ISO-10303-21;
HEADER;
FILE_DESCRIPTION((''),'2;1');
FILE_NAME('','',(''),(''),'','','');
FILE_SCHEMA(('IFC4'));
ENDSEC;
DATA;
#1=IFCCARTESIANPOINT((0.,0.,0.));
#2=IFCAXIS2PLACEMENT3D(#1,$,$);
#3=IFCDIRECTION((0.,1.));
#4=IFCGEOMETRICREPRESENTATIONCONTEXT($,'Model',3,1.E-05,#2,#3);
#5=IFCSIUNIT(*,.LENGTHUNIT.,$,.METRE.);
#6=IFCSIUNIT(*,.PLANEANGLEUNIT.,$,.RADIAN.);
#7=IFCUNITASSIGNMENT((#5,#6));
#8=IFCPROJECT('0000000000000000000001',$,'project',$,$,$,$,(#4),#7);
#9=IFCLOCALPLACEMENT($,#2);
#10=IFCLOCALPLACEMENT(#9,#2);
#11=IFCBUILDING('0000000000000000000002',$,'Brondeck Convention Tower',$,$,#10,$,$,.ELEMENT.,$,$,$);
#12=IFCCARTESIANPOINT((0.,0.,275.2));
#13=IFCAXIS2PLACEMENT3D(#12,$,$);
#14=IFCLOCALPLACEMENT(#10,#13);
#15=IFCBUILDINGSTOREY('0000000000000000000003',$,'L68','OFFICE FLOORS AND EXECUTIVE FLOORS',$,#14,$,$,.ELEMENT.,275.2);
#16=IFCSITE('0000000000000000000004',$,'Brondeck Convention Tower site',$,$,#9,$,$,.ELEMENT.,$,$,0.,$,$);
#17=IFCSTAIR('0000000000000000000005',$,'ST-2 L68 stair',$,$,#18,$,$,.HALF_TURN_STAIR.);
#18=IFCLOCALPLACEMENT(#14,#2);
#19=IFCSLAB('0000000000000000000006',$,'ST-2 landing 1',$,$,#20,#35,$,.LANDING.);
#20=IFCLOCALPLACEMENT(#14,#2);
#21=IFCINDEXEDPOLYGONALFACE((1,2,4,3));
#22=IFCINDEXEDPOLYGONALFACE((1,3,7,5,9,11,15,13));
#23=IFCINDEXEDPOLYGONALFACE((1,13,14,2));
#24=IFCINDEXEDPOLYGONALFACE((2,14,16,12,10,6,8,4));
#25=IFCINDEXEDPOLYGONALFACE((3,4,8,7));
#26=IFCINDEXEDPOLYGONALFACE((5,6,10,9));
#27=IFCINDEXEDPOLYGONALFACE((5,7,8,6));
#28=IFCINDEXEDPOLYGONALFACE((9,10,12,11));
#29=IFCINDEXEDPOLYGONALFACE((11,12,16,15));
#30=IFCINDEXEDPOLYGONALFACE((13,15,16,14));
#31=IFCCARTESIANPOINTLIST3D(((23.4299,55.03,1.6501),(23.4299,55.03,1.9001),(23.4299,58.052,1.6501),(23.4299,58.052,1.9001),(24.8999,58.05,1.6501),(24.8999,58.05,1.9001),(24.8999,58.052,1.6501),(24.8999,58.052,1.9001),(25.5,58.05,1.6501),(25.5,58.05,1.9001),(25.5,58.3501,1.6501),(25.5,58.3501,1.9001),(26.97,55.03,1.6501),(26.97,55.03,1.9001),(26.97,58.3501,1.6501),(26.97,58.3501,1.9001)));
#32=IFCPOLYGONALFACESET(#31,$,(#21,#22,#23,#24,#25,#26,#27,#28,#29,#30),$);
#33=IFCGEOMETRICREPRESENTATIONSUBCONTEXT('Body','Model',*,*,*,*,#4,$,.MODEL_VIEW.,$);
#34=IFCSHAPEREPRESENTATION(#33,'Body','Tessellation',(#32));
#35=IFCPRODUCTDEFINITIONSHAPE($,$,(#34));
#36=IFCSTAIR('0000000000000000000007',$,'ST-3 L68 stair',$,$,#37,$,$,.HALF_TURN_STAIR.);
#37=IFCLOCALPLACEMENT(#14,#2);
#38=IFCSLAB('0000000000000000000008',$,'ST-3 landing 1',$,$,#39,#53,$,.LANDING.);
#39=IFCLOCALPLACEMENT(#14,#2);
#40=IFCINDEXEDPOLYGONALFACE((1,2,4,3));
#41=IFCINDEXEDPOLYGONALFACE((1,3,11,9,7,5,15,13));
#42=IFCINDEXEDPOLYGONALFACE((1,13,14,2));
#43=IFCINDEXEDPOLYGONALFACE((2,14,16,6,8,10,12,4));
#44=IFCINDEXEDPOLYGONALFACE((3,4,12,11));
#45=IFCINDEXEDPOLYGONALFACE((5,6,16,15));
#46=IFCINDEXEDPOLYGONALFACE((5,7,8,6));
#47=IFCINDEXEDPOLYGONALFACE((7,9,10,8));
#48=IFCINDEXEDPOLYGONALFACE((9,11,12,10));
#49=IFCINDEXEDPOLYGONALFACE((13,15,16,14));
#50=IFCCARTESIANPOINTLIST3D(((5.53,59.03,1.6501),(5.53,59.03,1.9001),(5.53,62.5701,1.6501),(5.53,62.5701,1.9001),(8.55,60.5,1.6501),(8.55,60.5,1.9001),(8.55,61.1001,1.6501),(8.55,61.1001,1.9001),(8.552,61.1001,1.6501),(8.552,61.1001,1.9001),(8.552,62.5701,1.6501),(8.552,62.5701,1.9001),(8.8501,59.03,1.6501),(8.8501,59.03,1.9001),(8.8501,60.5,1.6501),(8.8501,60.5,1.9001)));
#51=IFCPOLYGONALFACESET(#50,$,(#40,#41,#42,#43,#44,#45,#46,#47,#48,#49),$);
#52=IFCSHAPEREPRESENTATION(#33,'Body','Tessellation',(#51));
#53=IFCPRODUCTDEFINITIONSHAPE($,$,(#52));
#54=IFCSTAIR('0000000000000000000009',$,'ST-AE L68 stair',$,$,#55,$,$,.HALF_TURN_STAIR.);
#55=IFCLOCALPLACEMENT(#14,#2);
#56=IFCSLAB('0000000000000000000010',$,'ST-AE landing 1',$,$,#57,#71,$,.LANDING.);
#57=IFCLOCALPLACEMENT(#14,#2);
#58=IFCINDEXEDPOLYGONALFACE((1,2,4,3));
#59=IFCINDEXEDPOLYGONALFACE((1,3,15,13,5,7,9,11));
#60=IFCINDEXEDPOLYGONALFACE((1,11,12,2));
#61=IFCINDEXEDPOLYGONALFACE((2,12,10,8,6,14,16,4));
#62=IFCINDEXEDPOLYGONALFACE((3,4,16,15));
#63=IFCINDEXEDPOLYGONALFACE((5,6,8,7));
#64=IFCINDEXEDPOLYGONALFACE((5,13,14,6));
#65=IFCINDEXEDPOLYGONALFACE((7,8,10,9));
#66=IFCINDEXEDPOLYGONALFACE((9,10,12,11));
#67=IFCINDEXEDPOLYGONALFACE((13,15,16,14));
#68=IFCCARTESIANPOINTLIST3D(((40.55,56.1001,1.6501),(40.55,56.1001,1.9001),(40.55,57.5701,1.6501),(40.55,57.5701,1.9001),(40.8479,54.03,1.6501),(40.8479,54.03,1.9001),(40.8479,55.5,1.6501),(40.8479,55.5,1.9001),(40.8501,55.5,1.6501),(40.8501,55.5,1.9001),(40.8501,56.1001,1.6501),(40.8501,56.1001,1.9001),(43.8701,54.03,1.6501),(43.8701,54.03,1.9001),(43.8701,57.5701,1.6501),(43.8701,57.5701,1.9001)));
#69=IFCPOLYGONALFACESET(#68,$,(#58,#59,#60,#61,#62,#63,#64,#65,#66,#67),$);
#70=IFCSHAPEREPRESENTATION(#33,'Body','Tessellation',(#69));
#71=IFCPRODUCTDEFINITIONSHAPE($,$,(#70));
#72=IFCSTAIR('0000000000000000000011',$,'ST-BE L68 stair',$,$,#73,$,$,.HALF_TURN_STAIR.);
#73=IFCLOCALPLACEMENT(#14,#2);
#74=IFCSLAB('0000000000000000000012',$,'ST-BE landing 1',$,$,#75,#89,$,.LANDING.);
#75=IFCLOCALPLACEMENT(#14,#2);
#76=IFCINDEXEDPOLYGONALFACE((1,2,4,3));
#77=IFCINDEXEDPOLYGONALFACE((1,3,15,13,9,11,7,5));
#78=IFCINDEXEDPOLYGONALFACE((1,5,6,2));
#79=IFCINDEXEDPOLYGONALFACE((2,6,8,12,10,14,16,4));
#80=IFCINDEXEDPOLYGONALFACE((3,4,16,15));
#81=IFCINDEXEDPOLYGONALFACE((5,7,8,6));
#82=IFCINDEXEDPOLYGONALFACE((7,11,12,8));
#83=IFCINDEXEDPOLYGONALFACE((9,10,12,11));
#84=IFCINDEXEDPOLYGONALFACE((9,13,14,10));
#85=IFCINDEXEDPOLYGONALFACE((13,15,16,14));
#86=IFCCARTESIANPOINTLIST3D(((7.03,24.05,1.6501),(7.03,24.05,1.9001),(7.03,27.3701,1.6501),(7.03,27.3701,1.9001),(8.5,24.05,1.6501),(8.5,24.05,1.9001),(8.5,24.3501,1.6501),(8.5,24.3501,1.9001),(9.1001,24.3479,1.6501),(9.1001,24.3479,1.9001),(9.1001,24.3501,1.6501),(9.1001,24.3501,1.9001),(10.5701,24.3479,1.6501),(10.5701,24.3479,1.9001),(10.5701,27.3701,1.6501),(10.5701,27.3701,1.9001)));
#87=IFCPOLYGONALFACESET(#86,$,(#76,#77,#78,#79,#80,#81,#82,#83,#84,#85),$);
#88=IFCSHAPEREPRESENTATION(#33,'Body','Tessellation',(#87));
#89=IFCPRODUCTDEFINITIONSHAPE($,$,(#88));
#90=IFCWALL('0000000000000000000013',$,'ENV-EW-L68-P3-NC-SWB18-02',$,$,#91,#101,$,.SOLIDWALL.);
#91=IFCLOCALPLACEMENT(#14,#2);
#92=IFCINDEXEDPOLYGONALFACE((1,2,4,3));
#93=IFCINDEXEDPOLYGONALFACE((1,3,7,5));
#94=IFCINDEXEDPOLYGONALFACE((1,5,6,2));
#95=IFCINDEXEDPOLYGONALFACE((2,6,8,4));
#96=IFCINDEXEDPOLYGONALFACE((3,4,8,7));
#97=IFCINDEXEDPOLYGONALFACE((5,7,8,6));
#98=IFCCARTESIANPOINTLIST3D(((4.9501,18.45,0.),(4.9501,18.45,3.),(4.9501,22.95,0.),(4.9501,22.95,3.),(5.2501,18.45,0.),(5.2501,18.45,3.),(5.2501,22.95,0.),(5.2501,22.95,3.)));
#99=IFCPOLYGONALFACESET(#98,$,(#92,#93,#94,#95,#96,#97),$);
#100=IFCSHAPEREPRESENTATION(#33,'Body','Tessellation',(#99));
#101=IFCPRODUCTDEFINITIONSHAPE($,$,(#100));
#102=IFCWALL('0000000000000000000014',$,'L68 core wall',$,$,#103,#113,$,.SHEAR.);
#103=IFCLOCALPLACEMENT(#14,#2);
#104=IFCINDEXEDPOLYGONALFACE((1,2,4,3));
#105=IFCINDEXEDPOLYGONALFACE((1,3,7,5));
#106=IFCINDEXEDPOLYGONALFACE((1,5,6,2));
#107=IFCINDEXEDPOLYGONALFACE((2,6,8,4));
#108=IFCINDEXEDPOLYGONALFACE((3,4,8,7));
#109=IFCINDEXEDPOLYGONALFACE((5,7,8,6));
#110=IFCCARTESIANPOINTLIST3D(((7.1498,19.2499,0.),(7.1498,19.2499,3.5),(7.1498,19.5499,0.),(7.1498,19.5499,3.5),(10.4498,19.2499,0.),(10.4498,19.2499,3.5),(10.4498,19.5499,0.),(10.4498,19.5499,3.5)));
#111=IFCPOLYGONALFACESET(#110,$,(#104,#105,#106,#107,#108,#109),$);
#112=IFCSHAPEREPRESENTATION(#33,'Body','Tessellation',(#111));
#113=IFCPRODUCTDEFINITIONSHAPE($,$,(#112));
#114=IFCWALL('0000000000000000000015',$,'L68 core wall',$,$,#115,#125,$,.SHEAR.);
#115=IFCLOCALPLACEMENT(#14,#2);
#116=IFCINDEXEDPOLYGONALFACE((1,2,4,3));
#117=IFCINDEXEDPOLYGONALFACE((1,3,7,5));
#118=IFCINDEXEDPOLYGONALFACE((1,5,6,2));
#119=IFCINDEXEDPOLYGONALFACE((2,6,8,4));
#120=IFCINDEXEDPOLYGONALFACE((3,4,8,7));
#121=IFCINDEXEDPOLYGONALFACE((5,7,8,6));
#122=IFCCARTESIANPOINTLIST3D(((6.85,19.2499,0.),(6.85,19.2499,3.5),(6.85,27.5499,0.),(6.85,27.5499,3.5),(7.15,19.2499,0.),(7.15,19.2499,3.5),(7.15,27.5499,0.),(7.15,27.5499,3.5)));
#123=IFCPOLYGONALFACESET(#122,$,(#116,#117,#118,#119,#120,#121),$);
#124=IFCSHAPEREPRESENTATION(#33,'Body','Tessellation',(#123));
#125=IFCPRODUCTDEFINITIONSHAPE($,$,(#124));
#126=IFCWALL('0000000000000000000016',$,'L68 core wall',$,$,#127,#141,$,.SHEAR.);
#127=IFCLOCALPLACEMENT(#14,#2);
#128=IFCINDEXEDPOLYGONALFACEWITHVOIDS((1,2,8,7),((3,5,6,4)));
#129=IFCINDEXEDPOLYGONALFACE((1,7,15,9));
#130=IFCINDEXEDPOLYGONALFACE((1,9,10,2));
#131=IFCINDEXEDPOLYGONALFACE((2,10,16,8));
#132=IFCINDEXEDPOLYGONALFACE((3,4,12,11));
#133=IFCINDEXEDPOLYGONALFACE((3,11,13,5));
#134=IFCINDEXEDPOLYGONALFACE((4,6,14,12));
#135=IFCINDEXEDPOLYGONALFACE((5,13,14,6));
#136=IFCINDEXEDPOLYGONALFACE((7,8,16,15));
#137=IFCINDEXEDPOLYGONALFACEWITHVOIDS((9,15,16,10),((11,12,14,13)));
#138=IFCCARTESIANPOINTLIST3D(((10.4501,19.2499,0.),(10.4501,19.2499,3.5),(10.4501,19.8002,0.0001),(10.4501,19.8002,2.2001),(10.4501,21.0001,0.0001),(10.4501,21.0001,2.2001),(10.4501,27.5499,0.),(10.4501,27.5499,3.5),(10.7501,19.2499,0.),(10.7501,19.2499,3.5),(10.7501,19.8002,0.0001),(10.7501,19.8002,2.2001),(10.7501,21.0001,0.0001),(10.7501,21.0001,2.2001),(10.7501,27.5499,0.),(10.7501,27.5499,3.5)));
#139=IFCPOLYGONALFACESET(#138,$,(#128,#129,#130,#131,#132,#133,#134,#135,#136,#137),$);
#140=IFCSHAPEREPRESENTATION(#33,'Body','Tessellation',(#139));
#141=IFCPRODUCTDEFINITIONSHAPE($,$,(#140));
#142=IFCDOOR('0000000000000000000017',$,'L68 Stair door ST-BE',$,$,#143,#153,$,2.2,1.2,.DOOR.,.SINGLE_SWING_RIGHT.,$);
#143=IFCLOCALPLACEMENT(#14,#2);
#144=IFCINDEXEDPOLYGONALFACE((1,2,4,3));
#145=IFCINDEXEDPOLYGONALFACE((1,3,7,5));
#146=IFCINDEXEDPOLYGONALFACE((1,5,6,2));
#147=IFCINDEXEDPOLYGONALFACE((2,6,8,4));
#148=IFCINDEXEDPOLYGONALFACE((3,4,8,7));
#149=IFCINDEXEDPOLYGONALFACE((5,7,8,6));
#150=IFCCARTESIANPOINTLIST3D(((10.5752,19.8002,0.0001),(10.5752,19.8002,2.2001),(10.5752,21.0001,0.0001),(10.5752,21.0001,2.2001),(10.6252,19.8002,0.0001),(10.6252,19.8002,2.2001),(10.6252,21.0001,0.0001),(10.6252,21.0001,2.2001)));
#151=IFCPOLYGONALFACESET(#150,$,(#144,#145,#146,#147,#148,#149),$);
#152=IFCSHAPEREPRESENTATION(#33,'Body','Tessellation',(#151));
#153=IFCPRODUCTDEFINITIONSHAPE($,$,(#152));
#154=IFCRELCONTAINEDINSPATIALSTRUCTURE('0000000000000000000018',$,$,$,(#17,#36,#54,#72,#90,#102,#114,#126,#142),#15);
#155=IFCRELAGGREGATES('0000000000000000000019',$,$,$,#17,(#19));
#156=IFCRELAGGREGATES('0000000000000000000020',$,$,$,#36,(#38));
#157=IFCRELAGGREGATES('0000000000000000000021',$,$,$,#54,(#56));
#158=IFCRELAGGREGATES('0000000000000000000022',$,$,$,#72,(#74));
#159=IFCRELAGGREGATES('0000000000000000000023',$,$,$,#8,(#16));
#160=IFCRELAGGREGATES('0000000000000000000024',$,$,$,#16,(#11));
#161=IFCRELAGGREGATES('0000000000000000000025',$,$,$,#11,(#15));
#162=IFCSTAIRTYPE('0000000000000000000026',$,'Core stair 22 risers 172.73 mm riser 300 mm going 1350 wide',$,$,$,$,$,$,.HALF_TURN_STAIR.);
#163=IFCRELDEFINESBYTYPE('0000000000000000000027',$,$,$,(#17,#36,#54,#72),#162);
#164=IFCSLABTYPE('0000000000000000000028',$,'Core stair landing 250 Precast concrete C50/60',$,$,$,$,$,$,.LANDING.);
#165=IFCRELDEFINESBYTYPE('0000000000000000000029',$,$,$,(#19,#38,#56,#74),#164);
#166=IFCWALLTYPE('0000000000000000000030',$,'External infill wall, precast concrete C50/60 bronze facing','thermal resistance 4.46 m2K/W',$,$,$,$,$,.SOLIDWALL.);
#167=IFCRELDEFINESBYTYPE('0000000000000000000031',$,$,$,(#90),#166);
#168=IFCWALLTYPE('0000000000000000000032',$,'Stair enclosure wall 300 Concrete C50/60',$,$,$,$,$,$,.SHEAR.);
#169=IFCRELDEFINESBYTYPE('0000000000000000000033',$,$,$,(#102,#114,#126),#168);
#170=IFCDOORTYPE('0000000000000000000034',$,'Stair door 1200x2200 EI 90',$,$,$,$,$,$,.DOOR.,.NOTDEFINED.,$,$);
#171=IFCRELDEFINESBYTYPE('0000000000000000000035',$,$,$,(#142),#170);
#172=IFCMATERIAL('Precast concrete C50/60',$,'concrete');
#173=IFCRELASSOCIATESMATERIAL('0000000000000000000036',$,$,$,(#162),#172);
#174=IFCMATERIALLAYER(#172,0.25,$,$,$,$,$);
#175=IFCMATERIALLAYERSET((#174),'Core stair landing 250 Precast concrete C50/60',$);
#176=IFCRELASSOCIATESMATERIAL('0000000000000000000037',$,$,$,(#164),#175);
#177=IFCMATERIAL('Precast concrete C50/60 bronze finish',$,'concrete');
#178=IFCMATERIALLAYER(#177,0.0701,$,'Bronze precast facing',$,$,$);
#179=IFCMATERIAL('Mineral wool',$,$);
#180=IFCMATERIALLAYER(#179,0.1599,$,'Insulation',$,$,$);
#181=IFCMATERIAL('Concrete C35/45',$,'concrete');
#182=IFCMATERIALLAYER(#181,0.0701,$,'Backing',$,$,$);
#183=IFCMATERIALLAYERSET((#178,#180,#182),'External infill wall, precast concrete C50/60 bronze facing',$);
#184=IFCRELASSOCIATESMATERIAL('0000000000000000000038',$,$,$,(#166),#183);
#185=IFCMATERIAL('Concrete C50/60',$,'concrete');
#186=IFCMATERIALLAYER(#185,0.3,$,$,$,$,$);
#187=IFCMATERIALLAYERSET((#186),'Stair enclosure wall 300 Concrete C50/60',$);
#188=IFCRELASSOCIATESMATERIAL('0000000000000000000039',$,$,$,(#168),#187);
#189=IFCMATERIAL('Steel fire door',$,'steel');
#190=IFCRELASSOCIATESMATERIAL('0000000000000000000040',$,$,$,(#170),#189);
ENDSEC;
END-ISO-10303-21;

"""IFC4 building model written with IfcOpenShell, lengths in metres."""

from ifc_helpers import new_model, si_unit, direction, frame, frame_2d, origin, place, context, subcontext, project, spatial, polyline, rectangle, outline, extrude, material, layer, layer_set, type_object, element, fill, aggregate, save


model = new_model("IFC4")

# Units and contexts
model_context = context("Model", 3, precision=1e-05, world=origin(), true_north=direction((0.0, 1.0)))
body_context = subcontext(model_context, "Body", "Model", "MODEL_VIEW")
ifc_project = project(units=[si_unit("LENGTHUNIT", "METRE"), si_unit("PLANEANGLEUNIT", "RADIAN")], contexts=[model_context])

# Site, building, storey
site_placement = place(None, origin())
site = spatial("IfcSite", under=ifc_project, at=site_placement, Name="Brondeck Convention Tower site", CompositionType="ELEMENT", RefElevation=0.0)
building_placement = place(site_placement, origin())
building = spatial("IfcBuilding", under=site, at=building_placement, Name="Brondeck Convention Tower", CompositionType="ELEMENT")
storey_placement = place(building_placement, frame((0.0, 0.0, 275.2)))
storey = spatial("IfcBuildingStorey", under=building, at=storey_placement, Name="L68", Description="OFFICE FLOORS AND EXECUTIVE FLOORS", CompositionType="ELEMENT", Elevation=275.2)

# Shared definitions
ifc_material_1 = material(Name="Concrete C50/60", Category="concrete")

# Shared definitions
ifc_material_2 = material(Name="Concrete C35/45", Category="concrete")

# Stairs, slabs
ifc_material_3 = material(Name="Precast concrete C50/60", Category="concrete")
stair_type = type_object("IfcStairType", Name="Core stair 22 risers 172.73 mm riser 300 mm going 1350 wide", PredefinedType="HALF_TURN_STAIR", material=ifc_material_3)
ifc_layer_1 = layer(ifc_material_3, 0.25)
ifc_layer_set_1 = layer_set([ifc_layer_1], Name="Core stair landing 250 Precast concrete C50/60")
slab_type_1 = type_object("IfcSlabType", Name="Core stair landing 250 Precast concrete C50/60", PredefinedType="LANDING", material=ifc_layer_set_1)
stair_1_placement = place(storey_placement, origin())
stair_1 = element("IfcStair", 1, at=stair_1_placement, inside=storey, type_object=stair_type, Name="ST-2 L68 stair", PredefinedType="HALF_TURN_STAIR")
slab_1_placement = place(storey_placement, frame((0.0, 0.0, 1.6501)))
slab_1 = element("IfcSlab", 2, at=slab_1_placement, type_object=slab_type_1, Name="ST-2 landing 1", PredefinedType="LANDING", context=body_context, shape_type="SweptSolid", body=[
    extrude(outline(polyline([(23.4299, 58.052), (24.8999, 58.052), (24.8999, 58.05), (25.5, 58.05), (25.5, 58.3501), (26.97, 58.3501), (26.97, 55.03), (23.4299, 55.03), (23.4299, 58.052)])), origin(), (0.0, 0.0, 1.0), 0.25),
])
aggregate(stair_1, [slab_1])
stair_2_placement = place(storey_placement, origin())
stair_2 = element("IfcStair", 3, at=stair_2_placement, inside=storey, type_object=stair_type, Name="ST-3 L68 stair", PredefinedType="HALF_TURN_STAIR")
slab_2_placement = place(storey_placement, frame((0.0, 0.0, 1.6501)))
slab_2 = element("IfcSlab", 4, at=slab_2_placement, type_object=slab_type_1, Name="ST-3 landing 1", PredefinedType="LANDING", context=body_context, shape_type="SweptSolid", body=[
    extrude(outline(polyline([(8.8501, 60.5), (8.8501, 59.03), (5.53, 59.03), (5.53, 62.5701), (8.552, 62.5701), (8.552, 61.1001), (8.55, 61.1001), (8.55, 60.5), (8.8501, 60.5)])), origin(), (0.0, 0.0, 1.0), 0.25),
])
aggregate(stair_2, [slab_2])
stair_3_placement = place(storey_placement, origin())
stair_3 = element("IfcStair", 5, at=stair_3_placement, inside=storey, type_object=stair_type, Name="ST-AE L68 stair", PredefinedType="HALF_TURN_STAIR")
slab_3_placement = place(storey_placement, frame((0.0, 0.0, 1.6501)))
slab_3 = element("IfcSlab", 6, at=slab_3_placement, type_object=slab_type_1, Name="ST-AE landing 1", PredefinedType="LANDING", context=body_context, shape_type="SweptSolid", body=[
    extrude(outline(polyline([(40.8479, 55.5), (40.8501, 55.5), (40.8501, 56.1001), (40.55, 56.1001), (40.55, 57.5701), (43.8701, 57.5701), (43.8701, 54.03), (40.8479, 54.03), (40.8479, 55.5)])), origin(), (0.0, 0.0, 1.0), 0.25),
])
aggregate(stair_3, [slab_3])
stair_4_placement = place(storey_placement, origin())
stair_4 = element("IfcStair", 7, at=stair_4_placement, inside=storey, type_object=stair_type, Name="ST-BE L68 stair", PredefinedType="HALF_TURN_STAIR")
slab_4_placement = place(storey_placement, frame((0.0, 0.0, 1.6501)))
slab_4 = element("IfcSlab", 8, at=slab_4_placement, type_object=slab_type_1, Name="ST-BE landing 1", PredefinedType="LANDING", context=body_context, shape_type="SweptSolid", body=[
    extrude(outline(polyline([(7.03, 24.05), (7.03, 27.3701), (10.5701, 27.3701), (10.5701, 24.3479), (9.1001, 24.3479), (9.1001, 24.3501), (8.5, 24.3501), (8.5, 24.05), (7.03, 24.05)])), origin(), (0.0, 0.0, 1.0), 0.25),
])
aggregate(stair_4, [slab_4])

# Walls
ifc_material_4 = material(Name="Precast concrete C50/60 bronze finish", Category="concrete")
ifc_layer_2 = layer(ifc_material_4, 0.0701, Name="Bronze precast facing")
ifc_material_5 = material(Name="Mineral wool")
ifc_layer_3 = layer(ifc_material_5, 0.1599, Name="Insulation")
ifc_layer_4 = layer(ifc_material_2, 0.0701, Name="Backing")
ifc_layer_set_2 = layer_set([ifc_layer_2, ifc_layer_3, ifc_layer_4], Name="External infill wall, precast concrete C50/60 bronze facing")
wall_type_1 = type_object("IfcWallType", Name="External infill wall, precast concrete C50/60 bronze facing", Description="thermal resistance 4.46 m2K/W", PredefinedType="SOLIDWALL", material=ifc_layer_set_2)
wall_1_placement = place(storey_placement, frame((5.1001, 18.45, 0.0), z_axis=(0.0, 0.0, 1.0), x_axis=(0.0, 1.0, 0.0)))
element("IfcWall", 9, at=wall_1_placement, inside=storey, type_object=wall_type_1, Name="ENV-EW-L68-P3-NC-SWB18-02", PredefinedType="SOLIDWALL", context=body_context, shape_type="SweptSolid", body=[
    extrude(rectangle(XDim=4.5, YDim=0.3, at=frame_2d((2.25, 0.0))), origin(), (0.0, 0.0, 1.0), 3.0),
])
ifc_layer_5 = layer(ifc_material_1, 0.3)
ifc_layer_set_3 = layer_set([ifc_layer_5], Name="Stair enclosure wall 300 Concrete C50/60")
wall_type_2 = type_object("IfcWallType", Name="Stair enclosure wall 300 Concrete C50/60", PredefinedType="SHEAR", material=ifc_layer_set_3)
wall_2_placement = place(storey_placement, frame((7.1499, 19.3999, 0.0), z_axis=(0.0, 0.0, 1.0), x_axis=(1.0, 0.0, 0.0)))
element("IfcWall", 10, at=wall_2_placement, inside=storey, type_object=wall_type_2, Name="L68 core wall", PredefinedType="SHEAR", context=body_context, shape_type="SweptSolid", body=[
    extrude(rectangle(XDim=3.3, YDim=0.3, at=frame_2d((1.6499, 0.0))), origin(), (0.0, 0.0, 1.0), 3.5),
])
wall_3_placement = place(storey_placement, frame((7.0, 19.25, 0.0), z_axis=(0.0, 0.0, 1.0), x_axis=(0.0, 1.0, 0.0)))
element("IfcWall", 11, at=wall_3_placement, inside=storey, type_object=wall_type_2, Name="L68 core wall", PredefinedType="SHEAR", context=body_context, shape_type="SweptSolid", body=[
    extrude(rectangle(XDim=8.3, YDim=0.3, at=frame_2d((4.1499, 0.0))), origin(), (0.0, 0.0, 1.0), 3.5),
])

# Wall, opening, door
wall_4_placement = place(storey_placement, frame((10.6001, 19.25, 0.0), z_axis=(0.0, 0.0, 1.0), x_axis=(0.0, 1.0, 0.0)))
wall_4 = element("IfcWall", 12, at=wall_4_placement, inside=storey, type_object=wall_type_2, Name="L68 core wall", PredefinedType="SHEAR", context=body_context, shape_type="SweptSolid", body=[
    extrude(rectangle(XDim=8.3, YDim=0.3, at=frame_2d((4.1499, 0.0))), origin(), (0.0, 0.0, 1.0), 3.5),
])
opening_placement = place(wall_4_placement, frame((0.55, 0.0, 0.0)))
opening = element("IfcOpeningElement", 13, at=opening_placement, cuts=wall_4, PredefinedType="OPENING", context=body_context, shape_type="SweptSolid", body=[
    extrude(rectangle(XDim=1.2, YDim=2.2, at=frame_2d((0.6001, 1.1001))), frame((0.0, 0.1599, 0.0), z_axis=(0.0, -1.0, 0.0), x_axis=(1.0, 0.0, 0.0)), (0.0, 0.0, 1.0), 0.3201),
])
ifc_material_6 = material(Name="Steel fire door", Category="steel")
door_type = type_object("IfcDoorType", Name="Stair door 1200x2200 EI 90", OperationType="NOTDEFINED", PredefinedType="DOOR", material=ifc_material_6)
door_placement = place(opening_placement, origin())
door = element("IfcDoor", 14, at=door_placement, inside=storey, type_object=door_type, Name="L68 Stair door ST-BE", OperationType="SINGLE_SWING_RIGHT", OverallHeight=2.2, OverallWidth=1.2, PredefinedType="DOOR", context=body_context, shape_type="SweptSolid", body=[
    extrude(rectangle(XDim=1.2, YDim=2.2, at=frame_2d((0.6001, 1.1001))), frame((0.0, 0.0249, 0.0), z_axis=(0.0, -1.0, 0.0), x_axis=(1.0, 0.0, 0.0)), (0.0, 0.0, 1.0), 0.05),
])
fill(opening, door)

save(model, "model.ifc")
